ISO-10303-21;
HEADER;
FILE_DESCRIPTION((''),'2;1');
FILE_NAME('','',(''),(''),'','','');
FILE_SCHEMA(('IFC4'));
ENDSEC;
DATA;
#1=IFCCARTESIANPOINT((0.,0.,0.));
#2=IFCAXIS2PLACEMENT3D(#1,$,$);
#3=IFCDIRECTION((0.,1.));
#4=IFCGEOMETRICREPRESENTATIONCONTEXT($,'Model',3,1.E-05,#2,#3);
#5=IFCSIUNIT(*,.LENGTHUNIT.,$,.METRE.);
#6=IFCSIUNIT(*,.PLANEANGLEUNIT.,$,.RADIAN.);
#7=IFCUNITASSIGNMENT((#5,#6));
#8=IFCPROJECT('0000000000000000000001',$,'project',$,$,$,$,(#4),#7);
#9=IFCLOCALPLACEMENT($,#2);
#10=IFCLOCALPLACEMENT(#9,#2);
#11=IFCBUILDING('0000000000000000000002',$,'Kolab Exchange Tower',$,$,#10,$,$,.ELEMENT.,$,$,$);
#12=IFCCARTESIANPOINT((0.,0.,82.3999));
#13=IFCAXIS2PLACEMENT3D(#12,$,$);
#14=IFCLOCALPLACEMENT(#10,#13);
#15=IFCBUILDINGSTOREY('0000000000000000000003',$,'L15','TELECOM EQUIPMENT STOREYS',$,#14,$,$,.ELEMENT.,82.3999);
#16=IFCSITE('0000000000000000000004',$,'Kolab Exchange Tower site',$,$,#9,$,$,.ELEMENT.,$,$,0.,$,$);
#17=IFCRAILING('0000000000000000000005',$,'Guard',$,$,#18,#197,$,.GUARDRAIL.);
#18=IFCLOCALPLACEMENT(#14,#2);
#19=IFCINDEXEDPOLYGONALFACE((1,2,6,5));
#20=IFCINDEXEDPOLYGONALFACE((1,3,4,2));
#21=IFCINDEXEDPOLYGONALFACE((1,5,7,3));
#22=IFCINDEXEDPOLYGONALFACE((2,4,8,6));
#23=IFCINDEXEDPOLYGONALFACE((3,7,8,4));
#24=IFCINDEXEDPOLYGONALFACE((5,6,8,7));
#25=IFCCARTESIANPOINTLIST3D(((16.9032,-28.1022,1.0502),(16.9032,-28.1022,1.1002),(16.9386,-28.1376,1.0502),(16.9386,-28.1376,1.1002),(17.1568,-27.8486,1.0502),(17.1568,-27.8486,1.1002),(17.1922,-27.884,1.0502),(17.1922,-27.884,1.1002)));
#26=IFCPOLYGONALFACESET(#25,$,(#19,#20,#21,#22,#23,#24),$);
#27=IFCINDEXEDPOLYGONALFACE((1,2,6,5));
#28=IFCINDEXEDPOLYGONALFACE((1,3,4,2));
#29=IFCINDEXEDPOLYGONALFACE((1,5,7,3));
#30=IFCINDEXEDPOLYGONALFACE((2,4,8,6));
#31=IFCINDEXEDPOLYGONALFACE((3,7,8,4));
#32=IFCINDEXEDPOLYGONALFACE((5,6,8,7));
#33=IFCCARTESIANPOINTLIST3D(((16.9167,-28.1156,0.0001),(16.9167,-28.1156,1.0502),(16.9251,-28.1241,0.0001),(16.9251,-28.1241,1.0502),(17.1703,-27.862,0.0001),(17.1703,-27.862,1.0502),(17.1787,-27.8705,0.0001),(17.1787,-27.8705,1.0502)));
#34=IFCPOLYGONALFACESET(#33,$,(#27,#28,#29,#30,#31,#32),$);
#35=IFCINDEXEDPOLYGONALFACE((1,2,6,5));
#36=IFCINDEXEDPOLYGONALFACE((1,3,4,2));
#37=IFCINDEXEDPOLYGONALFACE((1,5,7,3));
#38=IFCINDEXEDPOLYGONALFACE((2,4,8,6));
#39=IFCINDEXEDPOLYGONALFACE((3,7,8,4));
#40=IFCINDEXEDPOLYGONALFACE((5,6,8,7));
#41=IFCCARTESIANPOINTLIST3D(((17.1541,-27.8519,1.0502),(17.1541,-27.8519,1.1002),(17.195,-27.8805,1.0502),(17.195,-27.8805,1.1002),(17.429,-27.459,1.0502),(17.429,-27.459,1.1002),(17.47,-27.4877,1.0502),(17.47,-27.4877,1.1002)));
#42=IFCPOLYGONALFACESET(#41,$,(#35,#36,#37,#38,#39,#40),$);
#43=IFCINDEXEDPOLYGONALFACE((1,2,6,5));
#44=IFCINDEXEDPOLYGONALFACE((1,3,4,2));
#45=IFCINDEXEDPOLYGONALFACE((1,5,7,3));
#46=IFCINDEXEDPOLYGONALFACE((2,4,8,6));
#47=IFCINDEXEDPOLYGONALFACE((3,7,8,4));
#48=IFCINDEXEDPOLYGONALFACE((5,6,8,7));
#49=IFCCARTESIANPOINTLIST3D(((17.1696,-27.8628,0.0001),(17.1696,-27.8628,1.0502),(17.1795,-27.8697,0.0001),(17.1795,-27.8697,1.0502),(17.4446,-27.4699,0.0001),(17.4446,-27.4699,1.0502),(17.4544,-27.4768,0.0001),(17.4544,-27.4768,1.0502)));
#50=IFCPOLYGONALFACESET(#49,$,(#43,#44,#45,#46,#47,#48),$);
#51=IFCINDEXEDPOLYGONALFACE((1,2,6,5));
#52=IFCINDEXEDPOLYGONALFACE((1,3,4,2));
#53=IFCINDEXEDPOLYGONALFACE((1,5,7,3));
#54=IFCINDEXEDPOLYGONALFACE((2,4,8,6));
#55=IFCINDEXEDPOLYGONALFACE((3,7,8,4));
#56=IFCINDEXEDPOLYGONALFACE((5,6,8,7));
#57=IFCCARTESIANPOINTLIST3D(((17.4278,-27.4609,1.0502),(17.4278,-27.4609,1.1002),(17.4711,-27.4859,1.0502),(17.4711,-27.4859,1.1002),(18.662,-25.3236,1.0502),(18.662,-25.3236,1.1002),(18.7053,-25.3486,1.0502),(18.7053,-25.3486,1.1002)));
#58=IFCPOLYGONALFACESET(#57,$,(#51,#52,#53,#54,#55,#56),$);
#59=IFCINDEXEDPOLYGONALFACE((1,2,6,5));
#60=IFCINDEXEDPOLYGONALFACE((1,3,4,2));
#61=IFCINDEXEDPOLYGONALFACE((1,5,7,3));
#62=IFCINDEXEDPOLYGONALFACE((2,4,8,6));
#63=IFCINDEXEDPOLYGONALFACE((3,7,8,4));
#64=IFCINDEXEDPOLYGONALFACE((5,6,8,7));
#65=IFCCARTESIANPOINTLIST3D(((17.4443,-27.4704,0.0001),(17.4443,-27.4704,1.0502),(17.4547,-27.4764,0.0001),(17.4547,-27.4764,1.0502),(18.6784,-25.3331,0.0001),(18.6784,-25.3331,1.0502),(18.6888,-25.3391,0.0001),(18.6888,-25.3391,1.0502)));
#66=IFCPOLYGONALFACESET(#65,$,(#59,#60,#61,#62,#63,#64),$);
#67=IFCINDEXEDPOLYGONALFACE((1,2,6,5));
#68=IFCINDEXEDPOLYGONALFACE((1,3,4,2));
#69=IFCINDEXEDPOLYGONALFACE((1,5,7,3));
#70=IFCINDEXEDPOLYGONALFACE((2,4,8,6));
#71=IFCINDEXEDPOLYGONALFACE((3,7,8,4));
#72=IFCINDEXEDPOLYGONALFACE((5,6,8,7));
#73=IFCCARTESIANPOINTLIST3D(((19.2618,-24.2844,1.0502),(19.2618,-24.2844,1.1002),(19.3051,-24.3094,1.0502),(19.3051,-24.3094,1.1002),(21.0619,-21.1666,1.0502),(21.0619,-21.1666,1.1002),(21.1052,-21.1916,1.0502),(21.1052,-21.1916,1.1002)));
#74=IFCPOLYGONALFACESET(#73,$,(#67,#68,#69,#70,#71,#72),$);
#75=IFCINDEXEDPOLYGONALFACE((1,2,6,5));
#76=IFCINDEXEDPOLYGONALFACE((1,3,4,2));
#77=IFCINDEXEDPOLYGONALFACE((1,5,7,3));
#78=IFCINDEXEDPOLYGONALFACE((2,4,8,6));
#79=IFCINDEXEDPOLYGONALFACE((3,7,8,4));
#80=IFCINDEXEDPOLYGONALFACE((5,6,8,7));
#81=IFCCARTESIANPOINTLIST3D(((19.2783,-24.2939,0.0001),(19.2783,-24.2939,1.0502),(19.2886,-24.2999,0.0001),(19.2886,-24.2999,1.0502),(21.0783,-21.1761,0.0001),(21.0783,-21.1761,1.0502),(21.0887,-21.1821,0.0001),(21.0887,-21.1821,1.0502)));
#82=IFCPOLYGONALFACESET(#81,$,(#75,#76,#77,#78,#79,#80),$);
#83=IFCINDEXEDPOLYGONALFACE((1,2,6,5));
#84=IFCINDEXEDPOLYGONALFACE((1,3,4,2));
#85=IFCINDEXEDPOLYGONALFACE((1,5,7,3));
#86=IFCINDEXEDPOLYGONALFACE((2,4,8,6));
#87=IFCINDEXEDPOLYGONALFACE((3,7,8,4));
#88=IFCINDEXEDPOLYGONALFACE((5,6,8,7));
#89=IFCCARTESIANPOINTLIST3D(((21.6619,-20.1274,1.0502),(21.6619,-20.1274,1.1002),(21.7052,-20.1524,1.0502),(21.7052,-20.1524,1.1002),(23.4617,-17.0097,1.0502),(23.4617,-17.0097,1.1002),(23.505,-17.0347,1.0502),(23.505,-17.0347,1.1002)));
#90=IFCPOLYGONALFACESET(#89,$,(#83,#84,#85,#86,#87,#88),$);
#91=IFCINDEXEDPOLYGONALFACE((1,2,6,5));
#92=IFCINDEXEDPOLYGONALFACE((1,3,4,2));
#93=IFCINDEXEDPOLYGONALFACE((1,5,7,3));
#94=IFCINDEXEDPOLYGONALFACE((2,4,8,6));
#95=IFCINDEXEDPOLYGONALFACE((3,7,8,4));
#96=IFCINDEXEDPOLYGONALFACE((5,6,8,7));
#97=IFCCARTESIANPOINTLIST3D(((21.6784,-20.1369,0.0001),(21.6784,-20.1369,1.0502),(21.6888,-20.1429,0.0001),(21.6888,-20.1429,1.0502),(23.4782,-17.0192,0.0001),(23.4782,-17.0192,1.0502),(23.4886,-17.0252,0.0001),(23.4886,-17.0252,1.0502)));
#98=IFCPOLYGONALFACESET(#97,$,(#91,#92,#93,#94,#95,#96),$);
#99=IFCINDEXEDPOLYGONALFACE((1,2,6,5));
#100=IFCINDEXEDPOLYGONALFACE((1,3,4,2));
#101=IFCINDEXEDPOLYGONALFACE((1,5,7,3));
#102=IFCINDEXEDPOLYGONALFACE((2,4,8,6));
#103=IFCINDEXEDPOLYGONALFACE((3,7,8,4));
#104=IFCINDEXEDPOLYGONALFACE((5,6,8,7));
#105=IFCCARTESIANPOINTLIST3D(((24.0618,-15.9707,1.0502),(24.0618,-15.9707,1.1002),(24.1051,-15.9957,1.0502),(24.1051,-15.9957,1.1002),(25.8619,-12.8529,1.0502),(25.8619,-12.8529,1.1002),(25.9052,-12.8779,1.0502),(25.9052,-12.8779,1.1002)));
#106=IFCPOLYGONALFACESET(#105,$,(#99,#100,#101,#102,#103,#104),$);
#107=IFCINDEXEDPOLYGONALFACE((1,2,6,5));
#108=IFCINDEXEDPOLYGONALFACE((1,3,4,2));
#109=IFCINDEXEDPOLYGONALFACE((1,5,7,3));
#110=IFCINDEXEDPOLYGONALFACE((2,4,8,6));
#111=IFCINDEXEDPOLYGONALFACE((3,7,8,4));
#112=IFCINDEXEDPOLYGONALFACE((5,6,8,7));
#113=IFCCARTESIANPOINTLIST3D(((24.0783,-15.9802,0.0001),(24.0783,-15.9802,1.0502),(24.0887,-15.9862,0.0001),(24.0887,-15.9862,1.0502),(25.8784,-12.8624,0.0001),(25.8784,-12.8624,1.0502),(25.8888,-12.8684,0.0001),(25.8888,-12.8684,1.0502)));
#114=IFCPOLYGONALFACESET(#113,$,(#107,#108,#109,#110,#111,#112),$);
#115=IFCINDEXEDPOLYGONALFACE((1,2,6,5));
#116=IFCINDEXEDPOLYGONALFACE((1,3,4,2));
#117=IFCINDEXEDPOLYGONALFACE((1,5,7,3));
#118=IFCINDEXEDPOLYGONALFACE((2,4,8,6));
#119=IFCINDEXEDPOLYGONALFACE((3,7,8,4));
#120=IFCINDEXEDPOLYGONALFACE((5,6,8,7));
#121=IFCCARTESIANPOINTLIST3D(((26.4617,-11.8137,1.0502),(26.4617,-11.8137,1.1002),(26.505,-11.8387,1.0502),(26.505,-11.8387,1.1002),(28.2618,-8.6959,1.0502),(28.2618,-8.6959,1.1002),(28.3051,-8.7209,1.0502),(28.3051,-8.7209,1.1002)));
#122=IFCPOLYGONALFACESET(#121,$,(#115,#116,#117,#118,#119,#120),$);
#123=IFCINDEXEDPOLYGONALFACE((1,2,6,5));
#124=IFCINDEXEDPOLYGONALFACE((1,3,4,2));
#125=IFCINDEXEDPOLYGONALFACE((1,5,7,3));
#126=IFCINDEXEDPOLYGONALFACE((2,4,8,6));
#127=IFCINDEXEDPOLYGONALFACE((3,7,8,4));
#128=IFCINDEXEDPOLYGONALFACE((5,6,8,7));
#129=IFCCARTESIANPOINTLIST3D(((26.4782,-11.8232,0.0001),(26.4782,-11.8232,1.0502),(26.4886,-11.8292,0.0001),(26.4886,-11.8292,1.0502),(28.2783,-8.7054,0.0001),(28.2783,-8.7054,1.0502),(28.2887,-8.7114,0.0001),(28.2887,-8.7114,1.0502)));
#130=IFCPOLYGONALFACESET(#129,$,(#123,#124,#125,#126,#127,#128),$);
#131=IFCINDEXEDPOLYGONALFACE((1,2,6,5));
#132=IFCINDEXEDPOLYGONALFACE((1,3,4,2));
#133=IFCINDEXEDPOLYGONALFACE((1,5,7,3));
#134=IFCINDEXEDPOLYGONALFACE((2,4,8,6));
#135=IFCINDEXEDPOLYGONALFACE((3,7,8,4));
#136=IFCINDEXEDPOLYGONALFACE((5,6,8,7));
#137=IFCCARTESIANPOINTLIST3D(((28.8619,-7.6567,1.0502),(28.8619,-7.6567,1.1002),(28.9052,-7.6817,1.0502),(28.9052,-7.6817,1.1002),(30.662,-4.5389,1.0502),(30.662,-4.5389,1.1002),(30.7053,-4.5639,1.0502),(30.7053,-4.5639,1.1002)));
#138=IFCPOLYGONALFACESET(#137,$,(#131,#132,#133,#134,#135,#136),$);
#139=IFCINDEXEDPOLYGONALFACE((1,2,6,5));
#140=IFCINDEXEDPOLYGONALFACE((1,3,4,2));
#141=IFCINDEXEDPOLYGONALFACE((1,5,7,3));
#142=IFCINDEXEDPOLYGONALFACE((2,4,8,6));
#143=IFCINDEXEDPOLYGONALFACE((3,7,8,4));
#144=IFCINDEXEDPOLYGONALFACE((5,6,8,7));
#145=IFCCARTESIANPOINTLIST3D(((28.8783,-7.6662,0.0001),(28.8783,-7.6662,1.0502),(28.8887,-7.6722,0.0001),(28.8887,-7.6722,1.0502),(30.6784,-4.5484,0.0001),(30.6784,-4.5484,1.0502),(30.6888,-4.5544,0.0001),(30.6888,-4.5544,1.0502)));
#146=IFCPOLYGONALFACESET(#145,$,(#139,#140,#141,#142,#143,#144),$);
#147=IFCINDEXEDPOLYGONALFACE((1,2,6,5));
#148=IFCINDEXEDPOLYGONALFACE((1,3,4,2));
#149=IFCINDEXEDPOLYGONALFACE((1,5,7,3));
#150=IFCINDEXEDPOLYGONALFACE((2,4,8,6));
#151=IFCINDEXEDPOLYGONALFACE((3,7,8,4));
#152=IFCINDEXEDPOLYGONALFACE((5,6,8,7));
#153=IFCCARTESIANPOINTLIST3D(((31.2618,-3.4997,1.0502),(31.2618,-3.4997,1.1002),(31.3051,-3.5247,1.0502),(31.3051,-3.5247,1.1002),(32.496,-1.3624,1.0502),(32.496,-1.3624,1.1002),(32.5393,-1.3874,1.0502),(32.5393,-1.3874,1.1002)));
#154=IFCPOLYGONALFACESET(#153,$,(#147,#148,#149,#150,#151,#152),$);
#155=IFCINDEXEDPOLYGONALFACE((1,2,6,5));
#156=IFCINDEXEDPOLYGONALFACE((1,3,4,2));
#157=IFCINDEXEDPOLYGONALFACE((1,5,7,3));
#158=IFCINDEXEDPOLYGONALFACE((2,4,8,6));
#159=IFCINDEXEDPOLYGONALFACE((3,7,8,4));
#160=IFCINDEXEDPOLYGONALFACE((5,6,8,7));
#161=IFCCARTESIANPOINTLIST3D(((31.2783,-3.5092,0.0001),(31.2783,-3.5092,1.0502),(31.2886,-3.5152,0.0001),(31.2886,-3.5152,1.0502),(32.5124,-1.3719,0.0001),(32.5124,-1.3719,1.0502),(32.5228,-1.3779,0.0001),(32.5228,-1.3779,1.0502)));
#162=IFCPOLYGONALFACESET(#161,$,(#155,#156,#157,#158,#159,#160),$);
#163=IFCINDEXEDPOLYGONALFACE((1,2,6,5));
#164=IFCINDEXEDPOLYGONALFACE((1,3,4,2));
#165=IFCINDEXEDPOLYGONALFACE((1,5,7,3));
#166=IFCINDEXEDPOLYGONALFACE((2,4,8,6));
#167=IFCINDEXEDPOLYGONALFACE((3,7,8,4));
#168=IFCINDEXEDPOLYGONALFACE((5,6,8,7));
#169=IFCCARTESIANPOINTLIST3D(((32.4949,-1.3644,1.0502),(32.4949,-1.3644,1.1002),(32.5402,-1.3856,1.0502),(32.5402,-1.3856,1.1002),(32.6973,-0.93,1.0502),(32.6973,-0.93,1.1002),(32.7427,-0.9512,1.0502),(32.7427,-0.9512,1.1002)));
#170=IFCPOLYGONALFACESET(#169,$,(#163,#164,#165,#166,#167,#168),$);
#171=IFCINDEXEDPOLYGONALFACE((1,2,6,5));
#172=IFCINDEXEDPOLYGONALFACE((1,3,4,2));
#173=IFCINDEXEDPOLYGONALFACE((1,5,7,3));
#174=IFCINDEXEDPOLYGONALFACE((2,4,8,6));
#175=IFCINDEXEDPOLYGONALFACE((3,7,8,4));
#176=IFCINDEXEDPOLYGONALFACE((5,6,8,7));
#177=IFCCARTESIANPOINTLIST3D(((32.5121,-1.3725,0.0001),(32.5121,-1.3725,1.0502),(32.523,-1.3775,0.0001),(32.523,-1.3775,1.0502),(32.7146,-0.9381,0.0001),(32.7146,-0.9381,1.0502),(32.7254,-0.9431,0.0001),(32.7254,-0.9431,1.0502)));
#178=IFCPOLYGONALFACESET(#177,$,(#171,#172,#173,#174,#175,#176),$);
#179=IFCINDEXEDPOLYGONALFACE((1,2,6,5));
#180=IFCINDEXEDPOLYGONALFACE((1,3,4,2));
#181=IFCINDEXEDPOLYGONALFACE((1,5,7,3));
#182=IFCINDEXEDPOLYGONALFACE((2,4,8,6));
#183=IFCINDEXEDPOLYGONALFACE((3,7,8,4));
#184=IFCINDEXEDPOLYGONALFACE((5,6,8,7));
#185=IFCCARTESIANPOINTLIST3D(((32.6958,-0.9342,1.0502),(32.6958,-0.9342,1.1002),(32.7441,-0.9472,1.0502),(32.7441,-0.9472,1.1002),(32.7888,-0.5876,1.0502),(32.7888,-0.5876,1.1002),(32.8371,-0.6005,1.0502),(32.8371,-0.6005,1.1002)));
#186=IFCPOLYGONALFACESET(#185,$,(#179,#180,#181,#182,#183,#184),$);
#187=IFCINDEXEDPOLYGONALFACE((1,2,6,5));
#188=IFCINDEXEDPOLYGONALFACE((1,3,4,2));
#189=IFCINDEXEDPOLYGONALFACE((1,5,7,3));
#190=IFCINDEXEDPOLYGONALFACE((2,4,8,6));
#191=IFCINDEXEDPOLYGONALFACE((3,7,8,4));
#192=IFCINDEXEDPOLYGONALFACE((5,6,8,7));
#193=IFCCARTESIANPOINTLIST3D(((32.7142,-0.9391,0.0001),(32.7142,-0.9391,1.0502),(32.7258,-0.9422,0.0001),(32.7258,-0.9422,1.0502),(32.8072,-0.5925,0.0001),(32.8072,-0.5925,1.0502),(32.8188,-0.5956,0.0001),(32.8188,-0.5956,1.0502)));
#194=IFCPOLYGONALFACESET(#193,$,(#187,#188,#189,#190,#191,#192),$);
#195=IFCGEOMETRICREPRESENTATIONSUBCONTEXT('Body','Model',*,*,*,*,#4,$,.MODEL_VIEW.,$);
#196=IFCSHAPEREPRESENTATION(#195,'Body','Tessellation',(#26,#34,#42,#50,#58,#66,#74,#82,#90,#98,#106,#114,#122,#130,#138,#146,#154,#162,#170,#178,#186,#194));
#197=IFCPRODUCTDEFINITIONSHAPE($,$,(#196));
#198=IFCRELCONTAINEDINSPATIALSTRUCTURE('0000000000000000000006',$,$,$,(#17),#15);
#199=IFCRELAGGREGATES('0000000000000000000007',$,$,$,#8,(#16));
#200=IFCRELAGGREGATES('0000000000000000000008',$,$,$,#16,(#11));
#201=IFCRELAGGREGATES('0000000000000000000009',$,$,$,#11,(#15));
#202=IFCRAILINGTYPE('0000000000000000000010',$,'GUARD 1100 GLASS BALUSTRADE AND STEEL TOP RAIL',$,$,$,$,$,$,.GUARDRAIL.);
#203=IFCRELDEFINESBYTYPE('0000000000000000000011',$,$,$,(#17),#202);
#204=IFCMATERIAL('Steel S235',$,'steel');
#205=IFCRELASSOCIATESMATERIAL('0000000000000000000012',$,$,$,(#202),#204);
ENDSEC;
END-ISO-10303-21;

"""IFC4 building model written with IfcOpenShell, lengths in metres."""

from ifc_helpers import new_model, si_unit, direction, frame, frame_2d, origin, origin_2d, place, context, subcontext, project, spatial, rectangle, extrude, material, type_object, element, save


model = new_model("IFC4")

# Units and contexts
model_context = context("Model", 3, precision=1e-05, world=origin(), true_north=direction((0.0, 1.0)))
body_context = subcontext(model_context, "Body", "Model", "MODEL_VIEW")
ifc_project = project(units=[si_unit("LENGTHUNIT", "METRE"), si_unit("PLANEANGLEUNIT", "RADIAN")], contexts=[model_context])

# Site, building, storey
site_placement = place(None, origin())
site = spatial("IfcSite", under=ifc_project, at=site_placement, Name="Kolab Exchange Tower site", CompositionType="ELEMENT", RefElevation=0.0)
building_placement = place(site_placement, origin())
building = spatial("IfcBuilding", under=site, at=building_placement, Name="Kolab Exchange Tower", CompositionType="ELEMENT")
storey_placement = place(building_placement, frame((0.0, 0.0, 82.3999)))
storey = spatial("IfcBuildingStorey", under=building, at=storey_placement, Name="L15", Description="TELECOM EQUIPMENT STOREYS", CompositionType="ELEMENT", Elevation=82.3999)

# Shared definitions
ifc_material_1 = material(Name="Steel S235", Category="steel")

# Railing
railing_type = type_object("IfcRailingType", Name="GUARD 1100 GLASS BALUSTRADE AND STEEL TOP RAIL", PredefinedType="GUARDRAIL", material=ifc_material_1)
railing_placement = place(storey_placement, frame((16.9209, -28.1199, 0.0)))
element("IfcRailing", 1, at=railing_placement, inside=storey, type_object=railing_type, Name="Guard", PredefinedType="GUARDRAIL", context=body_context, shape_type="SweptSolid", body=[
    extrude(rectangle(XDim=0.05, YDim=0.05, at=origin_2d()), frame((0.0, 0.0, 1.0752), z_axis=(0.707107, 0.707107, 0.0), x_axis=(-0.707107, 0.707107, 0.0)), (0.0, 0.0, 1.0), 0.3586),
    extrude(rectangle(XDim=0.012, YDim=1.0501, at=frame_2d((0.0, 0.5251))), frame((0.0, 0.0, 0.0), z_axis=(0.707107, 0.707107, 0.0), x_axis=(-0.707107, 0.707107, 0.0)), (0.0, 0.0, 1.0), 0.3586),
    extrude(rectangle(XDim=0.05, YDim=0.05, at=origin_2d()), frame((0.2537, 0.2537, 1.0752), z_axis=(0.57336, 0.819304, 0.0), x_axis=(-0.819304, 0.57336, 0.0)), (0.0, 0.0, 1.0), 0.4795),
    extrude(rectangle(XDim=0.012, YDim=1.0501, at=frame_2d((0.0, 0.5251))), frame((0.2537, 0.2537, 0.0), z_axis=(0.57336, 0.819304, 0.0), x_axis=(-0.819304, 0.57336, 0.0)), (0.0, 0.0, 1.0), 0.4795),
    extrude(rectangle(XDim=0.05, YDim=0.05, at=origin_2d()), frame((0.5286, 0.6465, 1.0752), z_axis=(0.500065, 0.865988, 0.0), x_axis=(-0.865988, 0.500065, 0.0)), (0.0, 0.0, 1.0), 2.468),
    extrude(rectangle(XDim=0.012, YDim=1.0501, at=frame_2d((0.0, 0.5251))), frame((0.5286, 0.6465, 0.0), z_axis=(0.500065, 0.865988, 0.0), x_axis=(-0.865988, 0.500065, 0.0)), (0.0, 0.0, 1.0), 2.468),
    extrude(rectangle(XDim=0.05, YDim=0.05, at=origin_2d()), frame((2.3625, 3.823, 1.0752), z_axis=(0.500012, 0.866018, 0.0), x_axis=(-0.866018, 0.500012, 0.0)), (0.0, 0.0, 1.0), 3.6001),
    extrude(rectangle(XDim=0.012, YDim=1.0501, at=frame_2d((0.0, 0.5251))), frame((2.3625, 3.823, 0.0), z_axis=(0.500012, 0.866018, 0.0), x_axis=(-0.866018, 0.500012, 0.0)), (0.0, 0.0, 1.0), 3.6001),
    extrude(rectangle(XDim=0.05, YDim=0.05, at=origin_2d()), frame((4.7627, 7.98, 1.0752), z_axis=(0.499961, 0.866048, 0.0), x_axis=(-0.866048, 0.499961, 0.0)), (0.0, 0.0, 1.0), 3.5999),
    extrude(rectangle(XDim=0.012, YDim=1.0501, at=frame_2d((0.0, 0.5251))), frame((4.7627, 7.98, 0.0), z_axis=(0.499961, 0.866048, 0.0), x_axis=(-0.866048, 0.499961, 0.0)), (0.0, 0.0, 1.0), 3.5999),
    extrude(rectangle(XDim=0.05, YDim=0.05, at=origin_2d()), frame((7.1626, 12.1367, 1.0752), z_axis=(0.500012, 0.866018, 0.0), x_axis=(-0.866018, 0.500012, 0.0)), (0.0, 0.0, 1.0), 3.6001),
    extrude(rectangle(XDim=0.012, YDim=1.0501, at=frame_2d((0.0, 0.5251))), frame((7.1626, 12.1367, 0.0), z_axis=(0.500012, 0.866018, 0.0), x_axis=(-0.866018, 0.500012, 0.0)), (0.0, 0.0, 1.0), 3.6001),
    extrude(rectangle(XDim=0.05, YDim=0.05, at=origin_2d()), frame((9.5625, 16.2937, 1.0752), z_axis=(0.500012, 0.866018, 0.0), x_axis=(-0.866018, 0.500012, 0.0)), (0.0, 0.0, 1.0), 3.6001),
    extrude(rectangle(XDim=0.012, YDim=1.0501, at=frame_2d((0.0, 0.5251))), frame((9.5625, 16.2937, 0.0), z_axis=(0.500012, 0.866018, 0.0), x_axis=(-0.866018, 0.500012, 0.0)), (0.0, 0.0, 1.0), 3.6001),
    extrude(rectangle(XDim=0.05, YDim=0.05, at=origin_2d()), frame((11.9626, 20.4507, 1.0752), z_axis=(0.500012, 0.866018, 0.0), x_axis=(-0.866018, 0.500012, 0.0)), (0.0, 0.0, 1.0), 3.6001),
    extrude(rectangle(XDim=0.012, YDim=1.0501, at=frame_2d((0.0, 0.5251))), frame((11.9626, 20.4507, 0.0), z_axis=(0.500012, 0.866018, 0.0), x_axis=(-0.866018, 0.500012, 0.0)), (0.0, 0.0, 1.0), 3.6001),
    extrude(rectangle(XDim=0.05, YDim=0.05, at=origin_2d()), frame((14.3625, 24.6077, 1.0752), z_axis=(0.500065, 0.865988, 0.0), x_axis=(-0.865988, 0.500065, 0.0)), (0.0, 0.0, 1.0), 2.468),
    extrude(rectangle(XDim=0.012, YDim=1.0501, at=frame_2d((0.0, 0.5251))), frame((14.3625, 24.6077, 0.0), z_axis=(0.500065, 0.865988, 0.0), x_axis=(-0.865988, 0.500065, 0.0)), (0.0, 0.0, 1.0), 2.468),
    extrude(rectangle(XDim=0.05, YDim=0.05, at=origin_2d()), frame((15.5967, 26.7449, 1.0752), z_axis=(0.422383, 0.906417, 0.0), x_axis=(-0.906417, 0.422383, 0.0)), (0.0, 0.0, 1.0), 0.4792),
    extrude(rectangle(XDim=0.012, YDim=1.0501, at=frame_2d((0.0, 0.5251))), frame((15.5967, 26.7449, 0.0), z_axis=(0.422383, 0.906417, 0.0), x_axis=(-0.906417, 0.422383, 0.0)), (0.0, 0.0, 1.0), 0.4792),
    extrude(rectangle(XDim=0.05, YDim=0.05, at=origin_2d()), frame((15.7991, 27.1792, 1.0752), z_axis=(0.259144, 0.965839, 0.0), x_axis=(-0.965839, 0.259144, 0.0)), (0.0, 0.0, 1.0), 0.3589),
    extrude(rectangle(XDim=0.012, YDim=1.0501, at=frame_2d((0.0, 0.5251))), frame((15.7991, 27.1792, 0.0), z_axis=(0.259144, 0.965839, 0.0), x_axis=(-0.965839, 0.259144, 0.0)), (0.0, 0.0, 1.0), 0.3589),
])

save(model, "model.ifc")
